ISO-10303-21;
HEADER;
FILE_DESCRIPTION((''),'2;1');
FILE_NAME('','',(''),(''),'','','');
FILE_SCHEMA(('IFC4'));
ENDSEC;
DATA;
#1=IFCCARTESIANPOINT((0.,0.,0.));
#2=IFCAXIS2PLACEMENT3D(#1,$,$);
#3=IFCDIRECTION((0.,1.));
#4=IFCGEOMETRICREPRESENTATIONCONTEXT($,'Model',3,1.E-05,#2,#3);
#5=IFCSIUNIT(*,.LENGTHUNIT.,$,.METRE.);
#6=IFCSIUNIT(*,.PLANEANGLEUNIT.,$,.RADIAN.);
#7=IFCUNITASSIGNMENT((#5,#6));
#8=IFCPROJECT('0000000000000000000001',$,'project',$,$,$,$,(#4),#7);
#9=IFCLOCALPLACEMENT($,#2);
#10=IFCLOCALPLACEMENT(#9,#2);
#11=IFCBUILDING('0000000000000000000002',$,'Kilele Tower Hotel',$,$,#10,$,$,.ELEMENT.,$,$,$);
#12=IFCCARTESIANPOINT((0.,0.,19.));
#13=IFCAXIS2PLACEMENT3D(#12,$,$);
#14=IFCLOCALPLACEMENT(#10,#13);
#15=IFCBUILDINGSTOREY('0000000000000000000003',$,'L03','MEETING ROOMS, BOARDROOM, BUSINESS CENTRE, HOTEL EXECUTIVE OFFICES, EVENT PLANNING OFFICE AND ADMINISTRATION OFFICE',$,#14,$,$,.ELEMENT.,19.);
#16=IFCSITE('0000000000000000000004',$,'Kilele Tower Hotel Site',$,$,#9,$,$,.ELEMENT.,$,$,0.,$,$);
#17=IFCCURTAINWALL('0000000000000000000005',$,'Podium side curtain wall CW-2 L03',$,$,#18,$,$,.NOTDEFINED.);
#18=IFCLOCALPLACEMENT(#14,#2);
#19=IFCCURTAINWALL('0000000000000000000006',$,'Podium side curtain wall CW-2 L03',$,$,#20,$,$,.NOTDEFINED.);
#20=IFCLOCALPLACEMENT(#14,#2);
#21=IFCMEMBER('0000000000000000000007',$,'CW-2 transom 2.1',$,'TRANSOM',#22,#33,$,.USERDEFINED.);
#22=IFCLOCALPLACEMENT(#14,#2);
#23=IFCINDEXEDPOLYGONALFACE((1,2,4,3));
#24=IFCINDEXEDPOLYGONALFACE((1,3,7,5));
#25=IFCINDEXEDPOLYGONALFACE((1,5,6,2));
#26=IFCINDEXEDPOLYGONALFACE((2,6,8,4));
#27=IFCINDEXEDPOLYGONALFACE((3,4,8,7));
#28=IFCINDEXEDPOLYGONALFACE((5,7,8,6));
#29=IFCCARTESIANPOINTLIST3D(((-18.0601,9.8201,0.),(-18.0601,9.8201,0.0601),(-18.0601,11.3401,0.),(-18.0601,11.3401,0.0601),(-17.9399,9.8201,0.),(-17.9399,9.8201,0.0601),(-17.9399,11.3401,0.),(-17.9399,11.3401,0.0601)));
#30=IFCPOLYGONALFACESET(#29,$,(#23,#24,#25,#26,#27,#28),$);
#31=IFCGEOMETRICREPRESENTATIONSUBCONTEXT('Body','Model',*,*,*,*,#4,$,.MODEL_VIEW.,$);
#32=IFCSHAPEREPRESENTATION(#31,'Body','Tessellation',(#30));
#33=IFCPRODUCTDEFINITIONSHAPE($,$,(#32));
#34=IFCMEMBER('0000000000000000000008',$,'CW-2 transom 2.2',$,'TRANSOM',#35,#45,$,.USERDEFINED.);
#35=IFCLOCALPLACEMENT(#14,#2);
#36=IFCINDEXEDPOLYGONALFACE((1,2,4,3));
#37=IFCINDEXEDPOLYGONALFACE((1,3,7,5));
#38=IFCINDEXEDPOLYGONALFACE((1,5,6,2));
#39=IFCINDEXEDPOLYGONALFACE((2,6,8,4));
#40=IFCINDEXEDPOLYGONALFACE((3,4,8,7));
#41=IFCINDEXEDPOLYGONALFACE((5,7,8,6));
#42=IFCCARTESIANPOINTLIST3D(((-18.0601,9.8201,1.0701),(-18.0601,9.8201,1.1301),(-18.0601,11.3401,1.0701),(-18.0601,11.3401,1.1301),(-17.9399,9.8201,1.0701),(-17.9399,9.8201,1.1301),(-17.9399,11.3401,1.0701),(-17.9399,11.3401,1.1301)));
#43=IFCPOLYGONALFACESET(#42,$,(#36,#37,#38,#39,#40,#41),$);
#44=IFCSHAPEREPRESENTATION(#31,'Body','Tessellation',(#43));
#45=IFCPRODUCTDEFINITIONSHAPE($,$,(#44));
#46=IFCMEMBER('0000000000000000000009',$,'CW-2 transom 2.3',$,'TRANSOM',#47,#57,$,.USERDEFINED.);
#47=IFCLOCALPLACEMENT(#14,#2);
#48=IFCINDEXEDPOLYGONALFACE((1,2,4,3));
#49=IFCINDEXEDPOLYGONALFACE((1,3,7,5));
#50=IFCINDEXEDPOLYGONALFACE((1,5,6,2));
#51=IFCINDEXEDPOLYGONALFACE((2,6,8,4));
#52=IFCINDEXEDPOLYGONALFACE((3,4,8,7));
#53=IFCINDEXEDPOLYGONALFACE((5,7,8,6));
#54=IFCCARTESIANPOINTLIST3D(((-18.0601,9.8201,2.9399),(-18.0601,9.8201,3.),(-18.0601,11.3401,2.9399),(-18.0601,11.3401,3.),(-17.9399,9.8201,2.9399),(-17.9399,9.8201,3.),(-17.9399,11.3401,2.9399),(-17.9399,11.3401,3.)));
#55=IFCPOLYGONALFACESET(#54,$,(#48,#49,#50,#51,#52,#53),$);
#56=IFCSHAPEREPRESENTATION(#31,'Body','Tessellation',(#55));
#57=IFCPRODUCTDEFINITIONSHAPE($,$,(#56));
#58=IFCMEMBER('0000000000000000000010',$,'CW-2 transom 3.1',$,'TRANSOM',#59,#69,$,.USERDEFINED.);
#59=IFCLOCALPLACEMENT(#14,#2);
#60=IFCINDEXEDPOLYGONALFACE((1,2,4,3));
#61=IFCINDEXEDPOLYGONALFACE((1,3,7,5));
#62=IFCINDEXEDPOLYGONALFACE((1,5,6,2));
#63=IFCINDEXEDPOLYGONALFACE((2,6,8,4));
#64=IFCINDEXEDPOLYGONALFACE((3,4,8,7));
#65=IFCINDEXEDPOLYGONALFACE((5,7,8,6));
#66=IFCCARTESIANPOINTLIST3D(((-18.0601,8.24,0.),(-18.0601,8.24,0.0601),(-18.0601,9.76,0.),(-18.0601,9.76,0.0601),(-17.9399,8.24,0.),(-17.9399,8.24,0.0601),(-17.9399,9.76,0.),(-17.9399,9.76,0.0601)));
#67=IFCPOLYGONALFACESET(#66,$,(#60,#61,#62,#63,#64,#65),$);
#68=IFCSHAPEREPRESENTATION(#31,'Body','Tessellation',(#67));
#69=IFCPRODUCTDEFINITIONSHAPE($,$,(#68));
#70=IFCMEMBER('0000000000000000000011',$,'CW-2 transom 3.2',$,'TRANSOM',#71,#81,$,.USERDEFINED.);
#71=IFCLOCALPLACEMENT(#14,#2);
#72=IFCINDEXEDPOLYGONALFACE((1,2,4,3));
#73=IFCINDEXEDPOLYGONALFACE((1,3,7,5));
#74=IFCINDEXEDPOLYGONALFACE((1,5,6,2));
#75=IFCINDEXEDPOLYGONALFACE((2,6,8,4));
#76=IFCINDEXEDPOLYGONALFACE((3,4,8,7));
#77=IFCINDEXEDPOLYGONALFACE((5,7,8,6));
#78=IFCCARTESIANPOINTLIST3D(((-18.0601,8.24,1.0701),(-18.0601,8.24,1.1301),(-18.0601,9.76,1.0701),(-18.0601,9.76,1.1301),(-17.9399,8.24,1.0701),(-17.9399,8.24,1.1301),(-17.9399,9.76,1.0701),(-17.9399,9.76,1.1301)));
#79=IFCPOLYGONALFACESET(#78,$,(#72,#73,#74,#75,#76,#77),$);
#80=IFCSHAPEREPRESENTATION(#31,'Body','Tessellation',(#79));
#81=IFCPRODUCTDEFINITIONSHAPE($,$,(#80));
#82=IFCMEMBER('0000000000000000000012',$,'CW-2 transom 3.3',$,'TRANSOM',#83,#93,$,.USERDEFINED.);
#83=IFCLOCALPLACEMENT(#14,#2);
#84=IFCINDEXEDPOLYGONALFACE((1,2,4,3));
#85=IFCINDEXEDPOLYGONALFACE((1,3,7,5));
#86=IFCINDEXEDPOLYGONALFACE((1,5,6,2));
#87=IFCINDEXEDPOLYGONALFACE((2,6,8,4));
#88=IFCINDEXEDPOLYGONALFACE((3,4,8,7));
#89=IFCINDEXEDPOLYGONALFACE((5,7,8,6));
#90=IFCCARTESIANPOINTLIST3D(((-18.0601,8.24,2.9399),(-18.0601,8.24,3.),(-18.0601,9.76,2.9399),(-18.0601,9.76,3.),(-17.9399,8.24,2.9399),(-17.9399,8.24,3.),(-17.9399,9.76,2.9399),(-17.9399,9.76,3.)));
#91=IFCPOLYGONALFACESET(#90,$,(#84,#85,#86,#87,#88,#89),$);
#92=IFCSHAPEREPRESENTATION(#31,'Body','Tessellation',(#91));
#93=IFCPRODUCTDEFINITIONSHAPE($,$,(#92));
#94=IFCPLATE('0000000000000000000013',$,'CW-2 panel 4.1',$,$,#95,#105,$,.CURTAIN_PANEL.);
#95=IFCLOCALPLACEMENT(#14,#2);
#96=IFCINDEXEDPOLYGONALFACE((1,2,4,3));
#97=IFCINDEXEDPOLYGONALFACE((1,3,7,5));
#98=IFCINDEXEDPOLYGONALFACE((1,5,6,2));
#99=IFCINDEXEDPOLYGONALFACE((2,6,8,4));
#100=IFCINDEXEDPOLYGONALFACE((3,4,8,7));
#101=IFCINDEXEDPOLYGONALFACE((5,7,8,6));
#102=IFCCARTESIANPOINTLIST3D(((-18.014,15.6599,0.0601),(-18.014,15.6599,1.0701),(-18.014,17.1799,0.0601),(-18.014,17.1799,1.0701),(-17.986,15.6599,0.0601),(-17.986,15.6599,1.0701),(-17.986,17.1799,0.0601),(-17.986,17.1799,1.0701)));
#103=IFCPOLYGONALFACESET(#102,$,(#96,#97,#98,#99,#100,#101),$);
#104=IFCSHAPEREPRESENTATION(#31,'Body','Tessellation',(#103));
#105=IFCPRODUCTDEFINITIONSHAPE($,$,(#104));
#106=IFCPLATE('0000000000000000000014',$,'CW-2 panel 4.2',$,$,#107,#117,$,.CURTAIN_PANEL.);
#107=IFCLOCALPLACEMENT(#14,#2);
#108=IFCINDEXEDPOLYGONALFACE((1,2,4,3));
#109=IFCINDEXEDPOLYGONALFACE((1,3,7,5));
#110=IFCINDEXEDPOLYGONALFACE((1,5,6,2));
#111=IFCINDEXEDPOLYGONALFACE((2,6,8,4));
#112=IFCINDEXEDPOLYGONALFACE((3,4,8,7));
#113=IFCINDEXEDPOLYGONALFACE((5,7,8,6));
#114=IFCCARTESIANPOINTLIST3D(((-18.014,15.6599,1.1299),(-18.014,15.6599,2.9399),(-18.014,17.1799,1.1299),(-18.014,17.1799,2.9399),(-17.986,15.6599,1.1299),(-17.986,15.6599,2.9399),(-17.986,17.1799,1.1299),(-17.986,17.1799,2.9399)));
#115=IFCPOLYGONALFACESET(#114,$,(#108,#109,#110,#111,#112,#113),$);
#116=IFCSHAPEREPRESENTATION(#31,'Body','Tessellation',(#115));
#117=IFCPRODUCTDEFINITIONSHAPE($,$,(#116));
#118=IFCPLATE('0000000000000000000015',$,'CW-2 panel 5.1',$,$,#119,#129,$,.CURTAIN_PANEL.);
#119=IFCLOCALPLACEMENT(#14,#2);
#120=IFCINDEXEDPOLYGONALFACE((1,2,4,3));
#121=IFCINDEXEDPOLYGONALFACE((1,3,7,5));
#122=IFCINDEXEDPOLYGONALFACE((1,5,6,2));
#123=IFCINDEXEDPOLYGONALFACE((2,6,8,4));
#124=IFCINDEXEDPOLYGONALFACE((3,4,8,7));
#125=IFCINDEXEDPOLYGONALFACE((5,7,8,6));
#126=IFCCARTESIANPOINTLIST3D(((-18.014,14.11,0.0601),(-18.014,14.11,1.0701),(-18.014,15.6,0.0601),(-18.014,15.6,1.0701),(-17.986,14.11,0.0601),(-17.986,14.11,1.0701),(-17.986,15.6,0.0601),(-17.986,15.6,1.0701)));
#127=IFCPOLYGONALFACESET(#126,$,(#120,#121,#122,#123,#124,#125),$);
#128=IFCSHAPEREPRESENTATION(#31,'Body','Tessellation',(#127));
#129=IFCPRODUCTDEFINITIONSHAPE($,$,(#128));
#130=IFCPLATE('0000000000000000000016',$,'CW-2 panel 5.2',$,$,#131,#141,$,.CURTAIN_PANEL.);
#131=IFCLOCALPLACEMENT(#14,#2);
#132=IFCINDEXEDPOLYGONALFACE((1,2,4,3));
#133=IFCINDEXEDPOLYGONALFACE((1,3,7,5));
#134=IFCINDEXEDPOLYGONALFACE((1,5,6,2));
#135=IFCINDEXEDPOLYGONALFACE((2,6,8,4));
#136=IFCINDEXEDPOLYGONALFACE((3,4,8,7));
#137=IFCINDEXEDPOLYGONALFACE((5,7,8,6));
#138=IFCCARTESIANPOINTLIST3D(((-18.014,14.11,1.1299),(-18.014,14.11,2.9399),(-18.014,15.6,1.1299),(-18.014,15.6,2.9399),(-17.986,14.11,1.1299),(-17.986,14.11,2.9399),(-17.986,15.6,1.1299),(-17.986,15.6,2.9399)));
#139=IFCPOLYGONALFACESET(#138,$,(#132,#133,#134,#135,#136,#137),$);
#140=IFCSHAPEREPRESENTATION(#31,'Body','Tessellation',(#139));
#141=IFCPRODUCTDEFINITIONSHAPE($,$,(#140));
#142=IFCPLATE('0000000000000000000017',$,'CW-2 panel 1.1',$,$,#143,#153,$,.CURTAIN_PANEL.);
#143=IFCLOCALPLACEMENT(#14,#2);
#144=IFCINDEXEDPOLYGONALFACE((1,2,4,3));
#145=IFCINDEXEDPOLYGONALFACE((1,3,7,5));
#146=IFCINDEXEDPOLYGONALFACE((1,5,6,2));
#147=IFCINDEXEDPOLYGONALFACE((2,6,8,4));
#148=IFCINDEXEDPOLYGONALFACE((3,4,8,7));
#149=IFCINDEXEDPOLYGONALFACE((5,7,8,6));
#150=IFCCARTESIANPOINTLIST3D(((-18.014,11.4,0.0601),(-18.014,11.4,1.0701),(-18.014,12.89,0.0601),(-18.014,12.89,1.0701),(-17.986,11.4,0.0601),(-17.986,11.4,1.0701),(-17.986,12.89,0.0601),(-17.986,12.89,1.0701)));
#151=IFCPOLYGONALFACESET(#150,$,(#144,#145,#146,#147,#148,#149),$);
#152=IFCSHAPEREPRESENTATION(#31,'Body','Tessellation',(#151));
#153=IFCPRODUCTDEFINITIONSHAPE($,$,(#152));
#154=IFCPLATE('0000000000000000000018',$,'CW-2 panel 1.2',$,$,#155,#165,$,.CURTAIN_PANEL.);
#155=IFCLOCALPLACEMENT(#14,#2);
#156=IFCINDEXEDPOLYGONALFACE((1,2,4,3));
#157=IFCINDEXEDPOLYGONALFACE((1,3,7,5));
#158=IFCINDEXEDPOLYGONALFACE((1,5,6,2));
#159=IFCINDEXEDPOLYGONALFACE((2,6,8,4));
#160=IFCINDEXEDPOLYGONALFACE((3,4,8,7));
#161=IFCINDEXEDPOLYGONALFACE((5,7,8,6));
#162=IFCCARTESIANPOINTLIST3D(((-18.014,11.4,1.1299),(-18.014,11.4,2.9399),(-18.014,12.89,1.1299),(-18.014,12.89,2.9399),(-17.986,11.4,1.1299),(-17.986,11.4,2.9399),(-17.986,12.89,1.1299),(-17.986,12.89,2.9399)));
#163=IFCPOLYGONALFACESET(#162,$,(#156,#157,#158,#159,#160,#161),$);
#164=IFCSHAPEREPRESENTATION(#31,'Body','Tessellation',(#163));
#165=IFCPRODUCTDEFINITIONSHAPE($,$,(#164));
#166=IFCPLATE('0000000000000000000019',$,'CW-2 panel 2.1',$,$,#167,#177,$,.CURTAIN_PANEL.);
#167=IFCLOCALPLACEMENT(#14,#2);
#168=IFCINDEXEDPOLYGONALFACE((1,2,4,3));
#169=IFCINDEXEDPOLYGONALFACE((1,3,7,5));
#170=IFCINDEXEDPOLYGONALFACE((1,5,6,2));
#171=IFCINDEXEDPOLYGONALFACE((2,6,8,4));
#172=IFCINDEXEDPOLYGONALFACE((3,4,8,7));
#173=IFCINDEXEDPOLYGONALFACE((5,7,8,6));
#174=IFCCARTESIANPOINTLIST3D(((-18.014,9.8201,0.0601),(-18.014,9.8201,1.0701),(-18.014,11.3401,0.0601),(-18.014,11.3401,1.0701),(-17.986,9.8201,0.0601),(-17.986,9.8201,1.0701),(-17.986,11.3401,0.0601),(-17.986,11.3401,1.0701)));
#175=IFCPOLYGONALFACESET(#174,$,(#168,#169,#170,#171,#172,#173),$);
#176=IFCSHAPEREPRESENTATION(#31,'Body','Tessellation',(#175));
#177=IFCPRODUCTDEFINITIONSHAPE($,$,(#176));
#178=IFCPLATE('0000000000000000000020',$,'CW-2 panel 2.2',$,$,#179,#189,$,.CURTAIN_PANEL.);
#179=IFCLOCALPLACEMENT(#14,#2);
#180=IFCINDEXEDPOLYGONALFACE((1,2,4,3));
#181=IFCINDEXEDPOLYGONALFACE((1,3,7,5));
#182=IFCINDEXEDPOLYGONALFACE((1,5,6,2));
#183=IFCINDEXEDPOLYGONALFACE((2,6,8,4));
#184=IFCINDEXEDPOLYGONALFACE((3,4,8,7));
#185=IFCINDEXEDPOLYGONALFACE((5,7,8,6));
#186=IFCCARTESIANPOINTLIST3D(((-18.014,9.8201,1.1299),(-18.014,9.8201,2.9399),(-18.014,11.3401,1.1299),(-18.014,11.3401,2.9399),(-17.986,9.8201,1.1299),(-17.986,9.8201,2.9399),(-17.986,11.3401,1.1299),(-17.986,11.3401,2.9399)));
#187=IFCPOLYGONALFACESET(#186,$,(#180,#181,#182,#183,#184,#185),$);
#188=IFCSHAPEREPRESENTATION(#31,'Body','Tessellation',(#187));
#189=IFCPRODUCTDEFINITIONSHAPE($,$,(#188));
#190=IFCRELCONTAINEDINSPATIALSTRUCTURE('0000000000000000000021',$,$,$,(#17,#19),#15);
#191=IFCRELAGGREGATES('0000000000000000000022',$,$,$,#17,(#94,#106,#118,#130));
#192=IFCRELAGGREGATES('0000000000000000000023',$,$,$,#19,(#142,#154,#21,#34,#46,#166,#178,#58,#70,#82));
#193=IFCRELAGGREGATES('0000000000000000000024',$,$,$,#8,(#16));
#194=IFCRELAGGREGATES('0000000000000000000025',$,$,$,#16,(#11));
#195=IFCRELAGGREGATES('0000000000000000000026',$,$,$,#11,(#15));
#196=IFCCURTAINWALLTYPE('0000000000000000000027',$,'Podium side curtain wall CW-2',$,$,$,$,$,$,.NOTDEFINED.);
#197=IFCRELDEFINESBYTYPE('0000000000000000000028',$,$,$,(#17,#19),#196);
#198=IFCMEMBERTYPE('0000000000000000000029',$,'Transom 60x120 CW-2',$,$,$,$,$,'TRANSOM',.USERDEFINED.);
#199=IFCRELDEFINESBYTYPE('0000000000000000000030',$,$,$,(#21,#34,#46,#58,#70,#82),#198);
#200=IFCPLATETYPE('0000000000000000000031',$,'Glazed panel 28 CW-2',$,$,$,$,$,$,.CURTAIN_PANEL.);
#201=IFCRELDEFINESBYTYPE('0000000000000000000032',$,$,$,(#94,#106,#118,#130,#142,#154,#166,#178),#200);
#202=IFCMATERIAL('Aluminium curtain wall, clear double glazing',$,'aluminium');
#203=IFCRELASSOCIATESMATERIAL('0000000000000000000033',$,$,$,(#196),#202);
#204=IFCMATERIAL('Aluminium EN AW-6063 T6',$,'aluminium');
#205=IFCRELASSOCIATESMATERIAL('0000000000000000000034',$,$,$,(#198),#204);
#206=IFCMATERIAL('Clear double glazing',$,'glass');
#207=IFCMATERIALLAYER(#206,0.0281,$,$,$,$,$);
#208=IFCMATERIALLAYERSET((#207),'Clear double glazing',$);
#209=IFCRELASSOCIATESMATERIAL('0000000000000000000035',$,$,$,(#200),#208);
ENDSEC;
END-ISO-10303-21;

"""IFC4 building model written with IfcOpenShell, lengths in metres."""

from ifc_helpers import new_model, si_unit, direction, frame, origin, origin_2d, place, context, subcontext, project, spatial, rectangle, extrude, material, layer, layer_set, material_profile, profile_set, type_object, element, aggregate, save


model = new_model("IFC4")

# Units and contexts
model_context = context("Model", 3, precision=1e-05, world=origin(), true_north=direction((0.0, 1.0)))
body_context = subcontext(model_context, "Body", "Model", "MODEL_VIEW")
ifc_project = project(units=[si_unit("LENGTHUNIT", "METRE"), si_unit("PLANEANGLEUNIT", "RADIAN")], contexts=[model_context])

# Site, building, storey
site_placement = place(None, origin())
site = spatial("IfcSite", under=ifc_project, at=site_placement, Name="Kilele Tower Hotel Site", CompositionType="ELEMENT", RefElevation=0.0)
building_placement = place(site_placement, origin())
building = spatial("IfcBuilding", under=site, at=building_placement, Name="Kilele Tower Hotel", CompositionType="ELEMENT")
storey_placement = place(building_placement, frame((0.0, 0.0, 19.0)))
storey = spatial("IfcBuildingStorey", under=building, at=storey_placement, Name="L03", Description="MEETING ROOMS, BOARDROOM, BUSINESS CENTRE, HOTEL EXECUTIVE OFFICES, EVENT PLANNING OFFICE AND ADMINISTRATION OFFICE", CompositionType="ELEMENT", Elevation=19.0)

# Curtain walls
ifc_material_1 = material(Name="Aluminium curtain wall, clear double glazing", Category="aluminium")
curtain_wall_type = type_object("IfcCurtainWallType", Name="Podium side curtain wall CW-2", PredefinedType="NOTDEFINED", material=ifc_material_1)
curtain_wall_1_placement = place(storey_placement, origin())
curtain_wall_1 = element("IfcCurtainWall", 1, at=curtain_wall_1_placement, inside=storey, type_object=curtain_wall_type, Name="Podium side curtain wall CW-2 L03", PredefinedType="NOTDEFINED")
curtain_wall_2_placement = place(storey_placement, origin())
curtain_wall_2 = element("IfcCurtainWall", 2, at=curtain_wall_2_placement, inside=storey, type_object=curtain_wall_type, Name="Podium side curtain wall CW-2 L03", PredefinedType="NOTDEFINED")

# Members
ifc_material_2 = material(Name="Aluminium EN AW-6063 T6", Category="aluminium")
ifc_material_profile_1 = material_profile(ifc_material_2, rectangle(XDim=0.1201, YDim=0.0601, at=origin_2d()))
ifc_profile_set_1 = profile_set([ifc_material_profile_1], Name="Aluminium EN AW-6063 T6")
member_type_1 = type_object("IfcMemberType", Name="Transom 60x120 CW-2", ElementType="TRANSOM", PredefinedType="USERDEFINED", material=ifc_profile_set_1)
member_1_placement = place(storey_placement, frame((-18.0, 11.3401, 0.03), z_axis=(0.0, -1.0, 0.0), x_axis=(1.0, 0.0, 0.0)))
member_1 = element("IfcMember", 3, at=member_1_placement, type_object=member_type_1, Name="CW-2 transom 2.1", ObjectType="TRANSOM", PredefinedType="USERDEFINED", context=body_context, shape_type="SweptSolid", body=[
    extrude(rectangle(XDim=0.1201, YDim=0.0601, at=origin_2d()), origin(), (0.0, 0.0, 1.0), 1.52),
])
member_2_placement = place(storey_placement, frame((-18.0, 11.3401, 1.1001), z_axis=(0.0, -1.0, 0.0), x_axis=(1.0, 0.0, 0.0)))
member_2 = element("IfcMember", 4, at=member_2_placement, type_object=member_type_1, Name="CW-2 transom 2.2", ObjectType="TRANSOM", PredefinedType="USERDEFINED", context=body_context, shape_type="SweptSolid", body=[
    extrude(rectangle(XDim=0.1201, YDim=0.0601, at=origin_2d()), origin(), (0.0, 0.0, 1.0), 1.52),
])
member_3_placement = place(storey_placement, frame((-18.0, 11.3401, 2.97), z_axis=(0.0, -1.0, 0.0), x_axis=(1.0, 0.0, 0.0)))
member_3 = element("IfcMember", 5, at=member_3_placement, type_object=member_type_1, Name="CW-2 transom 2.3", ObjectType="TRANSOM", PredefinedType="USERDEFINED", context=body_context, shape_type="SweptSolid", body=[
    extrude(rectangle(XDim=0.1201, YDim=0.0601, at=origin_2d()), origin(), (0.0, 0.0, 1.0), 1.52),
])
member_4_placement = place(storey_placement, frame((-18.0, 9.76, 0.03), z_axis=(0.0, -1.0, 0.0), x_axis=(1.0, 0.0, 0.0)))
member_4 = element("IfcMember", 6, at=member_4_placement, type_object=member_type_1, Name="CW-2 transom 3.1", ObjectType="TRANSOM", PredefinedType="USERDEFINED", context=body_context, shape_type="SweptSolid", body=[
    extrude(rectangle(XDim=0.1201, YDim=0.0601, at=origin_2d()), origin(), (0.0, 0.0, 1.0), 1.52),
])
member_5_placement = place(storey_placement, frame((-18.0, 9.76, 1.1001), z_axis=(0.0, -1.0, 0.0), x_axis=(1.0, 0.0, 0.0)))
member_5 = element("IfcMember", 7, at=member_5_placement, type_object=member_type_1, Name="CW-2 transom 3.2", ObjectType="TRANSOM", PredefinedType="USERDEFINED", context=body_context, shape_type="SweptSolid", body=[
    extrude(rectangle(XDim=0.1201, YDim=0.0601, at=origin_2d()), origin(), (0.0, 0.0, 1.0), 1.52),
])
member_6_placement = place(storey_placement, frame((-18.0, 9.76, 2.97), z_axis=(0.0, -1.0, 0.0), x_axis=(1.0, 0.0, 0.0)))
member_6 = element("IfcMember", 8, at=member_6_placement, type_object=member_type_1, Name="CW-2 transom 3.3", ObjectType="TRANSOM", PredefinedType="USERDEFINED", context=body_context, shape_type="SweptSolid", body=[
    extrude(rectangle(XDim=0.1201, YDim=0.0601, at=origin_2d()), origin(), (0.0, 0.0, 1.0), 1.52),
])

# Plates
ifc_material_3 = material(Name="Clear double glazing", Category="glass")
ifc_layer = layer(ifc_material_3, 0.0281)
ifc_layer_set = layer_set([ifc_layer], Name="Clear double glazing")
plate_type = type_object("IfcPlateType", Name="Glazed panel 28 CW-2", PredefinedType="CURTAIN_PANEL", material=ifc_layer_set)
plate_1_placement = place(storey_placement, frame((-18.0, 16.4199, 0.0601), z_axis=(0.0, 0.0, 1.0), x_axis=(0.0, -1.0, 0.0)))
plate_1 = element("IfcPlate", 9, at=plate_1_placement, type_object=plate_type, Name="CW-2 panel 4.1", PredefinedType="CURTAIN_PANEL", context=body_context, shape_type="SweptSolid", body=[
    extrude(rectangle(XDim=1.52, YDim=0.0281, at=origin_2d()), origin(), (0.0, 0.0, 1.0), 1.01),
])
plate_2_placement = place(storey_placement, frame((-18.0, 16.4199, 1.1299), z_axis=(0.0, 0.0, 1.0), x_axis=(0.0, -1.0, 0.0)))
plate_2 = element("IfcPlate", 10, at=plate_2_placement, type_object=plate_type, Name="CW-2 panel 4.2", PredefinedType="CURTAIN_PANEL", context=body_context, shape_type="SweptSolid", body=[
    extrude(rectangle(XDim=1.52, YDim=0.0281, at=origin_2d()), origin(), (0.0, 0.0, 1.0), 1.8101),
])
plate_3_placement = place(storey_placement, frame((-18.0, 14.855, 0.0601), z_axis=(0.0, 0.0, 1.0), x_axis=(0.0, -1.0, 0.0)))
plate_3 = element("IfcPlate", 11, at=plate_3_placement, type_object=plate_type, Name="CW-2 panel 5.1", PredefinedType="CURTAIN_PANEL", context=body_context, shape_type="SweptSolid", body=[
    extrude(rectangle(XDim=1.49, YDim=0.0281, at=origin_2d()), origin(), (0.0, 0.0, 1.0), 1.01),
])
plate_4_placement = place(storey_placement, frame((-18.0, 14.855, 1.1299), z_axis=(0.0, 0.0, 1.0), x_axis=(0.0, -1.0, 0.0)))
plate_4 = element("IfcPlate", 12, at=plate_4_placement, type_object=plate_type, Name="CW-2 panel 5.2", PredefinedType="CURTAIN_PANEL", context=body_context, shape_type="SweptSolid", body=[
    extrude(rectangle(XDim=1.49, YDim=0.0281, at=origin_2d()), origin(), (0.0, 0.0, 1.0), 1.8101),
])
aggregate(curtain_wall_1, [plate_1, plate_2, plate_3, plate_4])
plate_5_placement = place(storey_placement, frame((-18.0, 12.145, 0.0601), z_axis=(0.0, 0.0, 1.0), x_axis=(0.0, -1.0, 0.0)))
plate_5 = element("IfcPlate", 13, at=plate_5_placement, type_object=plate_type, Name="CW-2 panel 1.1", PredefinedType="CURTAIN_PANEL", context=body_context, shape_type="SweptSolid", body=[
    extrude(rectangle(XDim=1.49, YDim=0.0281, at=origin_2d()), origin(), (0.0, 0.0, 1.0), 1.01),
])
plate_6_placement = place(storey_placement, frame((-18.0, 12.145, 1.1299), z_axis=(0.0, 0.0, 1.0), x_axis=(0.0, -1.0, 0.0)))
plate_6 = element("IfcPlate", 14, at=plate_6_placement, type_object=plate_type, Name="CW-2 panel 1.2", PredefinedType="CURTAIN_PANEL", context=body_context, shape_type="SweptSolid", body=[
    extrude(rectangle(XDim=1.49, YDim=0.0281, at=origin_2d()), origin(), (0.0, 0.0, 1.0), 1.8101),
])
plate_7_placement = place(storey_placement, frame((-18.0, 10.5801, 0.0601), z_axis=(0.0, 0.0, 1.0), x_axis=(0.0, -1.0, 0.0)))
plate_7 = element("IfcPlate", 15, at=plate_7_placement, type_object=plate_type, Name="CW-2 panel 2.1", PredefinedType="CURTAIN_PANEL", context=body_context, shape_type="SweptSolid", body=[
    extrude(rectangle(XDim=1.52, YDim=0.0281, at=origin_2d()), origin(), (0.0, 0.0, 1.0), 1.01),
])
plate_8_placement = place(storey_placement, frame((-18.0, 10.5801, 1.1299), z_axis=(0.0, 0.0, 1.0), x_axis=(0.0, -1.0, 0.0)))
plate_8 = element("IfcPlate", 16, at=plate_8_placement, type_object=plate_type, Name="CW-2 panel 2.2", PredefinedType="CURTAIN_PANEL", context=body_context, shape_type="SweptSolid", body=[
    extrude(rectangle(XDim=1.52, YDim=0.0281, at=origin_2d()), origin(), (0.0, 0.0, 1.0), 1.8101),
])
aggregate(curtain_wall_2, [plate_5, plate_6, member_1, member_2, member_3, plate_7, plate_8, member_4, member_5, member_6])

save(model, "model.ifc")
